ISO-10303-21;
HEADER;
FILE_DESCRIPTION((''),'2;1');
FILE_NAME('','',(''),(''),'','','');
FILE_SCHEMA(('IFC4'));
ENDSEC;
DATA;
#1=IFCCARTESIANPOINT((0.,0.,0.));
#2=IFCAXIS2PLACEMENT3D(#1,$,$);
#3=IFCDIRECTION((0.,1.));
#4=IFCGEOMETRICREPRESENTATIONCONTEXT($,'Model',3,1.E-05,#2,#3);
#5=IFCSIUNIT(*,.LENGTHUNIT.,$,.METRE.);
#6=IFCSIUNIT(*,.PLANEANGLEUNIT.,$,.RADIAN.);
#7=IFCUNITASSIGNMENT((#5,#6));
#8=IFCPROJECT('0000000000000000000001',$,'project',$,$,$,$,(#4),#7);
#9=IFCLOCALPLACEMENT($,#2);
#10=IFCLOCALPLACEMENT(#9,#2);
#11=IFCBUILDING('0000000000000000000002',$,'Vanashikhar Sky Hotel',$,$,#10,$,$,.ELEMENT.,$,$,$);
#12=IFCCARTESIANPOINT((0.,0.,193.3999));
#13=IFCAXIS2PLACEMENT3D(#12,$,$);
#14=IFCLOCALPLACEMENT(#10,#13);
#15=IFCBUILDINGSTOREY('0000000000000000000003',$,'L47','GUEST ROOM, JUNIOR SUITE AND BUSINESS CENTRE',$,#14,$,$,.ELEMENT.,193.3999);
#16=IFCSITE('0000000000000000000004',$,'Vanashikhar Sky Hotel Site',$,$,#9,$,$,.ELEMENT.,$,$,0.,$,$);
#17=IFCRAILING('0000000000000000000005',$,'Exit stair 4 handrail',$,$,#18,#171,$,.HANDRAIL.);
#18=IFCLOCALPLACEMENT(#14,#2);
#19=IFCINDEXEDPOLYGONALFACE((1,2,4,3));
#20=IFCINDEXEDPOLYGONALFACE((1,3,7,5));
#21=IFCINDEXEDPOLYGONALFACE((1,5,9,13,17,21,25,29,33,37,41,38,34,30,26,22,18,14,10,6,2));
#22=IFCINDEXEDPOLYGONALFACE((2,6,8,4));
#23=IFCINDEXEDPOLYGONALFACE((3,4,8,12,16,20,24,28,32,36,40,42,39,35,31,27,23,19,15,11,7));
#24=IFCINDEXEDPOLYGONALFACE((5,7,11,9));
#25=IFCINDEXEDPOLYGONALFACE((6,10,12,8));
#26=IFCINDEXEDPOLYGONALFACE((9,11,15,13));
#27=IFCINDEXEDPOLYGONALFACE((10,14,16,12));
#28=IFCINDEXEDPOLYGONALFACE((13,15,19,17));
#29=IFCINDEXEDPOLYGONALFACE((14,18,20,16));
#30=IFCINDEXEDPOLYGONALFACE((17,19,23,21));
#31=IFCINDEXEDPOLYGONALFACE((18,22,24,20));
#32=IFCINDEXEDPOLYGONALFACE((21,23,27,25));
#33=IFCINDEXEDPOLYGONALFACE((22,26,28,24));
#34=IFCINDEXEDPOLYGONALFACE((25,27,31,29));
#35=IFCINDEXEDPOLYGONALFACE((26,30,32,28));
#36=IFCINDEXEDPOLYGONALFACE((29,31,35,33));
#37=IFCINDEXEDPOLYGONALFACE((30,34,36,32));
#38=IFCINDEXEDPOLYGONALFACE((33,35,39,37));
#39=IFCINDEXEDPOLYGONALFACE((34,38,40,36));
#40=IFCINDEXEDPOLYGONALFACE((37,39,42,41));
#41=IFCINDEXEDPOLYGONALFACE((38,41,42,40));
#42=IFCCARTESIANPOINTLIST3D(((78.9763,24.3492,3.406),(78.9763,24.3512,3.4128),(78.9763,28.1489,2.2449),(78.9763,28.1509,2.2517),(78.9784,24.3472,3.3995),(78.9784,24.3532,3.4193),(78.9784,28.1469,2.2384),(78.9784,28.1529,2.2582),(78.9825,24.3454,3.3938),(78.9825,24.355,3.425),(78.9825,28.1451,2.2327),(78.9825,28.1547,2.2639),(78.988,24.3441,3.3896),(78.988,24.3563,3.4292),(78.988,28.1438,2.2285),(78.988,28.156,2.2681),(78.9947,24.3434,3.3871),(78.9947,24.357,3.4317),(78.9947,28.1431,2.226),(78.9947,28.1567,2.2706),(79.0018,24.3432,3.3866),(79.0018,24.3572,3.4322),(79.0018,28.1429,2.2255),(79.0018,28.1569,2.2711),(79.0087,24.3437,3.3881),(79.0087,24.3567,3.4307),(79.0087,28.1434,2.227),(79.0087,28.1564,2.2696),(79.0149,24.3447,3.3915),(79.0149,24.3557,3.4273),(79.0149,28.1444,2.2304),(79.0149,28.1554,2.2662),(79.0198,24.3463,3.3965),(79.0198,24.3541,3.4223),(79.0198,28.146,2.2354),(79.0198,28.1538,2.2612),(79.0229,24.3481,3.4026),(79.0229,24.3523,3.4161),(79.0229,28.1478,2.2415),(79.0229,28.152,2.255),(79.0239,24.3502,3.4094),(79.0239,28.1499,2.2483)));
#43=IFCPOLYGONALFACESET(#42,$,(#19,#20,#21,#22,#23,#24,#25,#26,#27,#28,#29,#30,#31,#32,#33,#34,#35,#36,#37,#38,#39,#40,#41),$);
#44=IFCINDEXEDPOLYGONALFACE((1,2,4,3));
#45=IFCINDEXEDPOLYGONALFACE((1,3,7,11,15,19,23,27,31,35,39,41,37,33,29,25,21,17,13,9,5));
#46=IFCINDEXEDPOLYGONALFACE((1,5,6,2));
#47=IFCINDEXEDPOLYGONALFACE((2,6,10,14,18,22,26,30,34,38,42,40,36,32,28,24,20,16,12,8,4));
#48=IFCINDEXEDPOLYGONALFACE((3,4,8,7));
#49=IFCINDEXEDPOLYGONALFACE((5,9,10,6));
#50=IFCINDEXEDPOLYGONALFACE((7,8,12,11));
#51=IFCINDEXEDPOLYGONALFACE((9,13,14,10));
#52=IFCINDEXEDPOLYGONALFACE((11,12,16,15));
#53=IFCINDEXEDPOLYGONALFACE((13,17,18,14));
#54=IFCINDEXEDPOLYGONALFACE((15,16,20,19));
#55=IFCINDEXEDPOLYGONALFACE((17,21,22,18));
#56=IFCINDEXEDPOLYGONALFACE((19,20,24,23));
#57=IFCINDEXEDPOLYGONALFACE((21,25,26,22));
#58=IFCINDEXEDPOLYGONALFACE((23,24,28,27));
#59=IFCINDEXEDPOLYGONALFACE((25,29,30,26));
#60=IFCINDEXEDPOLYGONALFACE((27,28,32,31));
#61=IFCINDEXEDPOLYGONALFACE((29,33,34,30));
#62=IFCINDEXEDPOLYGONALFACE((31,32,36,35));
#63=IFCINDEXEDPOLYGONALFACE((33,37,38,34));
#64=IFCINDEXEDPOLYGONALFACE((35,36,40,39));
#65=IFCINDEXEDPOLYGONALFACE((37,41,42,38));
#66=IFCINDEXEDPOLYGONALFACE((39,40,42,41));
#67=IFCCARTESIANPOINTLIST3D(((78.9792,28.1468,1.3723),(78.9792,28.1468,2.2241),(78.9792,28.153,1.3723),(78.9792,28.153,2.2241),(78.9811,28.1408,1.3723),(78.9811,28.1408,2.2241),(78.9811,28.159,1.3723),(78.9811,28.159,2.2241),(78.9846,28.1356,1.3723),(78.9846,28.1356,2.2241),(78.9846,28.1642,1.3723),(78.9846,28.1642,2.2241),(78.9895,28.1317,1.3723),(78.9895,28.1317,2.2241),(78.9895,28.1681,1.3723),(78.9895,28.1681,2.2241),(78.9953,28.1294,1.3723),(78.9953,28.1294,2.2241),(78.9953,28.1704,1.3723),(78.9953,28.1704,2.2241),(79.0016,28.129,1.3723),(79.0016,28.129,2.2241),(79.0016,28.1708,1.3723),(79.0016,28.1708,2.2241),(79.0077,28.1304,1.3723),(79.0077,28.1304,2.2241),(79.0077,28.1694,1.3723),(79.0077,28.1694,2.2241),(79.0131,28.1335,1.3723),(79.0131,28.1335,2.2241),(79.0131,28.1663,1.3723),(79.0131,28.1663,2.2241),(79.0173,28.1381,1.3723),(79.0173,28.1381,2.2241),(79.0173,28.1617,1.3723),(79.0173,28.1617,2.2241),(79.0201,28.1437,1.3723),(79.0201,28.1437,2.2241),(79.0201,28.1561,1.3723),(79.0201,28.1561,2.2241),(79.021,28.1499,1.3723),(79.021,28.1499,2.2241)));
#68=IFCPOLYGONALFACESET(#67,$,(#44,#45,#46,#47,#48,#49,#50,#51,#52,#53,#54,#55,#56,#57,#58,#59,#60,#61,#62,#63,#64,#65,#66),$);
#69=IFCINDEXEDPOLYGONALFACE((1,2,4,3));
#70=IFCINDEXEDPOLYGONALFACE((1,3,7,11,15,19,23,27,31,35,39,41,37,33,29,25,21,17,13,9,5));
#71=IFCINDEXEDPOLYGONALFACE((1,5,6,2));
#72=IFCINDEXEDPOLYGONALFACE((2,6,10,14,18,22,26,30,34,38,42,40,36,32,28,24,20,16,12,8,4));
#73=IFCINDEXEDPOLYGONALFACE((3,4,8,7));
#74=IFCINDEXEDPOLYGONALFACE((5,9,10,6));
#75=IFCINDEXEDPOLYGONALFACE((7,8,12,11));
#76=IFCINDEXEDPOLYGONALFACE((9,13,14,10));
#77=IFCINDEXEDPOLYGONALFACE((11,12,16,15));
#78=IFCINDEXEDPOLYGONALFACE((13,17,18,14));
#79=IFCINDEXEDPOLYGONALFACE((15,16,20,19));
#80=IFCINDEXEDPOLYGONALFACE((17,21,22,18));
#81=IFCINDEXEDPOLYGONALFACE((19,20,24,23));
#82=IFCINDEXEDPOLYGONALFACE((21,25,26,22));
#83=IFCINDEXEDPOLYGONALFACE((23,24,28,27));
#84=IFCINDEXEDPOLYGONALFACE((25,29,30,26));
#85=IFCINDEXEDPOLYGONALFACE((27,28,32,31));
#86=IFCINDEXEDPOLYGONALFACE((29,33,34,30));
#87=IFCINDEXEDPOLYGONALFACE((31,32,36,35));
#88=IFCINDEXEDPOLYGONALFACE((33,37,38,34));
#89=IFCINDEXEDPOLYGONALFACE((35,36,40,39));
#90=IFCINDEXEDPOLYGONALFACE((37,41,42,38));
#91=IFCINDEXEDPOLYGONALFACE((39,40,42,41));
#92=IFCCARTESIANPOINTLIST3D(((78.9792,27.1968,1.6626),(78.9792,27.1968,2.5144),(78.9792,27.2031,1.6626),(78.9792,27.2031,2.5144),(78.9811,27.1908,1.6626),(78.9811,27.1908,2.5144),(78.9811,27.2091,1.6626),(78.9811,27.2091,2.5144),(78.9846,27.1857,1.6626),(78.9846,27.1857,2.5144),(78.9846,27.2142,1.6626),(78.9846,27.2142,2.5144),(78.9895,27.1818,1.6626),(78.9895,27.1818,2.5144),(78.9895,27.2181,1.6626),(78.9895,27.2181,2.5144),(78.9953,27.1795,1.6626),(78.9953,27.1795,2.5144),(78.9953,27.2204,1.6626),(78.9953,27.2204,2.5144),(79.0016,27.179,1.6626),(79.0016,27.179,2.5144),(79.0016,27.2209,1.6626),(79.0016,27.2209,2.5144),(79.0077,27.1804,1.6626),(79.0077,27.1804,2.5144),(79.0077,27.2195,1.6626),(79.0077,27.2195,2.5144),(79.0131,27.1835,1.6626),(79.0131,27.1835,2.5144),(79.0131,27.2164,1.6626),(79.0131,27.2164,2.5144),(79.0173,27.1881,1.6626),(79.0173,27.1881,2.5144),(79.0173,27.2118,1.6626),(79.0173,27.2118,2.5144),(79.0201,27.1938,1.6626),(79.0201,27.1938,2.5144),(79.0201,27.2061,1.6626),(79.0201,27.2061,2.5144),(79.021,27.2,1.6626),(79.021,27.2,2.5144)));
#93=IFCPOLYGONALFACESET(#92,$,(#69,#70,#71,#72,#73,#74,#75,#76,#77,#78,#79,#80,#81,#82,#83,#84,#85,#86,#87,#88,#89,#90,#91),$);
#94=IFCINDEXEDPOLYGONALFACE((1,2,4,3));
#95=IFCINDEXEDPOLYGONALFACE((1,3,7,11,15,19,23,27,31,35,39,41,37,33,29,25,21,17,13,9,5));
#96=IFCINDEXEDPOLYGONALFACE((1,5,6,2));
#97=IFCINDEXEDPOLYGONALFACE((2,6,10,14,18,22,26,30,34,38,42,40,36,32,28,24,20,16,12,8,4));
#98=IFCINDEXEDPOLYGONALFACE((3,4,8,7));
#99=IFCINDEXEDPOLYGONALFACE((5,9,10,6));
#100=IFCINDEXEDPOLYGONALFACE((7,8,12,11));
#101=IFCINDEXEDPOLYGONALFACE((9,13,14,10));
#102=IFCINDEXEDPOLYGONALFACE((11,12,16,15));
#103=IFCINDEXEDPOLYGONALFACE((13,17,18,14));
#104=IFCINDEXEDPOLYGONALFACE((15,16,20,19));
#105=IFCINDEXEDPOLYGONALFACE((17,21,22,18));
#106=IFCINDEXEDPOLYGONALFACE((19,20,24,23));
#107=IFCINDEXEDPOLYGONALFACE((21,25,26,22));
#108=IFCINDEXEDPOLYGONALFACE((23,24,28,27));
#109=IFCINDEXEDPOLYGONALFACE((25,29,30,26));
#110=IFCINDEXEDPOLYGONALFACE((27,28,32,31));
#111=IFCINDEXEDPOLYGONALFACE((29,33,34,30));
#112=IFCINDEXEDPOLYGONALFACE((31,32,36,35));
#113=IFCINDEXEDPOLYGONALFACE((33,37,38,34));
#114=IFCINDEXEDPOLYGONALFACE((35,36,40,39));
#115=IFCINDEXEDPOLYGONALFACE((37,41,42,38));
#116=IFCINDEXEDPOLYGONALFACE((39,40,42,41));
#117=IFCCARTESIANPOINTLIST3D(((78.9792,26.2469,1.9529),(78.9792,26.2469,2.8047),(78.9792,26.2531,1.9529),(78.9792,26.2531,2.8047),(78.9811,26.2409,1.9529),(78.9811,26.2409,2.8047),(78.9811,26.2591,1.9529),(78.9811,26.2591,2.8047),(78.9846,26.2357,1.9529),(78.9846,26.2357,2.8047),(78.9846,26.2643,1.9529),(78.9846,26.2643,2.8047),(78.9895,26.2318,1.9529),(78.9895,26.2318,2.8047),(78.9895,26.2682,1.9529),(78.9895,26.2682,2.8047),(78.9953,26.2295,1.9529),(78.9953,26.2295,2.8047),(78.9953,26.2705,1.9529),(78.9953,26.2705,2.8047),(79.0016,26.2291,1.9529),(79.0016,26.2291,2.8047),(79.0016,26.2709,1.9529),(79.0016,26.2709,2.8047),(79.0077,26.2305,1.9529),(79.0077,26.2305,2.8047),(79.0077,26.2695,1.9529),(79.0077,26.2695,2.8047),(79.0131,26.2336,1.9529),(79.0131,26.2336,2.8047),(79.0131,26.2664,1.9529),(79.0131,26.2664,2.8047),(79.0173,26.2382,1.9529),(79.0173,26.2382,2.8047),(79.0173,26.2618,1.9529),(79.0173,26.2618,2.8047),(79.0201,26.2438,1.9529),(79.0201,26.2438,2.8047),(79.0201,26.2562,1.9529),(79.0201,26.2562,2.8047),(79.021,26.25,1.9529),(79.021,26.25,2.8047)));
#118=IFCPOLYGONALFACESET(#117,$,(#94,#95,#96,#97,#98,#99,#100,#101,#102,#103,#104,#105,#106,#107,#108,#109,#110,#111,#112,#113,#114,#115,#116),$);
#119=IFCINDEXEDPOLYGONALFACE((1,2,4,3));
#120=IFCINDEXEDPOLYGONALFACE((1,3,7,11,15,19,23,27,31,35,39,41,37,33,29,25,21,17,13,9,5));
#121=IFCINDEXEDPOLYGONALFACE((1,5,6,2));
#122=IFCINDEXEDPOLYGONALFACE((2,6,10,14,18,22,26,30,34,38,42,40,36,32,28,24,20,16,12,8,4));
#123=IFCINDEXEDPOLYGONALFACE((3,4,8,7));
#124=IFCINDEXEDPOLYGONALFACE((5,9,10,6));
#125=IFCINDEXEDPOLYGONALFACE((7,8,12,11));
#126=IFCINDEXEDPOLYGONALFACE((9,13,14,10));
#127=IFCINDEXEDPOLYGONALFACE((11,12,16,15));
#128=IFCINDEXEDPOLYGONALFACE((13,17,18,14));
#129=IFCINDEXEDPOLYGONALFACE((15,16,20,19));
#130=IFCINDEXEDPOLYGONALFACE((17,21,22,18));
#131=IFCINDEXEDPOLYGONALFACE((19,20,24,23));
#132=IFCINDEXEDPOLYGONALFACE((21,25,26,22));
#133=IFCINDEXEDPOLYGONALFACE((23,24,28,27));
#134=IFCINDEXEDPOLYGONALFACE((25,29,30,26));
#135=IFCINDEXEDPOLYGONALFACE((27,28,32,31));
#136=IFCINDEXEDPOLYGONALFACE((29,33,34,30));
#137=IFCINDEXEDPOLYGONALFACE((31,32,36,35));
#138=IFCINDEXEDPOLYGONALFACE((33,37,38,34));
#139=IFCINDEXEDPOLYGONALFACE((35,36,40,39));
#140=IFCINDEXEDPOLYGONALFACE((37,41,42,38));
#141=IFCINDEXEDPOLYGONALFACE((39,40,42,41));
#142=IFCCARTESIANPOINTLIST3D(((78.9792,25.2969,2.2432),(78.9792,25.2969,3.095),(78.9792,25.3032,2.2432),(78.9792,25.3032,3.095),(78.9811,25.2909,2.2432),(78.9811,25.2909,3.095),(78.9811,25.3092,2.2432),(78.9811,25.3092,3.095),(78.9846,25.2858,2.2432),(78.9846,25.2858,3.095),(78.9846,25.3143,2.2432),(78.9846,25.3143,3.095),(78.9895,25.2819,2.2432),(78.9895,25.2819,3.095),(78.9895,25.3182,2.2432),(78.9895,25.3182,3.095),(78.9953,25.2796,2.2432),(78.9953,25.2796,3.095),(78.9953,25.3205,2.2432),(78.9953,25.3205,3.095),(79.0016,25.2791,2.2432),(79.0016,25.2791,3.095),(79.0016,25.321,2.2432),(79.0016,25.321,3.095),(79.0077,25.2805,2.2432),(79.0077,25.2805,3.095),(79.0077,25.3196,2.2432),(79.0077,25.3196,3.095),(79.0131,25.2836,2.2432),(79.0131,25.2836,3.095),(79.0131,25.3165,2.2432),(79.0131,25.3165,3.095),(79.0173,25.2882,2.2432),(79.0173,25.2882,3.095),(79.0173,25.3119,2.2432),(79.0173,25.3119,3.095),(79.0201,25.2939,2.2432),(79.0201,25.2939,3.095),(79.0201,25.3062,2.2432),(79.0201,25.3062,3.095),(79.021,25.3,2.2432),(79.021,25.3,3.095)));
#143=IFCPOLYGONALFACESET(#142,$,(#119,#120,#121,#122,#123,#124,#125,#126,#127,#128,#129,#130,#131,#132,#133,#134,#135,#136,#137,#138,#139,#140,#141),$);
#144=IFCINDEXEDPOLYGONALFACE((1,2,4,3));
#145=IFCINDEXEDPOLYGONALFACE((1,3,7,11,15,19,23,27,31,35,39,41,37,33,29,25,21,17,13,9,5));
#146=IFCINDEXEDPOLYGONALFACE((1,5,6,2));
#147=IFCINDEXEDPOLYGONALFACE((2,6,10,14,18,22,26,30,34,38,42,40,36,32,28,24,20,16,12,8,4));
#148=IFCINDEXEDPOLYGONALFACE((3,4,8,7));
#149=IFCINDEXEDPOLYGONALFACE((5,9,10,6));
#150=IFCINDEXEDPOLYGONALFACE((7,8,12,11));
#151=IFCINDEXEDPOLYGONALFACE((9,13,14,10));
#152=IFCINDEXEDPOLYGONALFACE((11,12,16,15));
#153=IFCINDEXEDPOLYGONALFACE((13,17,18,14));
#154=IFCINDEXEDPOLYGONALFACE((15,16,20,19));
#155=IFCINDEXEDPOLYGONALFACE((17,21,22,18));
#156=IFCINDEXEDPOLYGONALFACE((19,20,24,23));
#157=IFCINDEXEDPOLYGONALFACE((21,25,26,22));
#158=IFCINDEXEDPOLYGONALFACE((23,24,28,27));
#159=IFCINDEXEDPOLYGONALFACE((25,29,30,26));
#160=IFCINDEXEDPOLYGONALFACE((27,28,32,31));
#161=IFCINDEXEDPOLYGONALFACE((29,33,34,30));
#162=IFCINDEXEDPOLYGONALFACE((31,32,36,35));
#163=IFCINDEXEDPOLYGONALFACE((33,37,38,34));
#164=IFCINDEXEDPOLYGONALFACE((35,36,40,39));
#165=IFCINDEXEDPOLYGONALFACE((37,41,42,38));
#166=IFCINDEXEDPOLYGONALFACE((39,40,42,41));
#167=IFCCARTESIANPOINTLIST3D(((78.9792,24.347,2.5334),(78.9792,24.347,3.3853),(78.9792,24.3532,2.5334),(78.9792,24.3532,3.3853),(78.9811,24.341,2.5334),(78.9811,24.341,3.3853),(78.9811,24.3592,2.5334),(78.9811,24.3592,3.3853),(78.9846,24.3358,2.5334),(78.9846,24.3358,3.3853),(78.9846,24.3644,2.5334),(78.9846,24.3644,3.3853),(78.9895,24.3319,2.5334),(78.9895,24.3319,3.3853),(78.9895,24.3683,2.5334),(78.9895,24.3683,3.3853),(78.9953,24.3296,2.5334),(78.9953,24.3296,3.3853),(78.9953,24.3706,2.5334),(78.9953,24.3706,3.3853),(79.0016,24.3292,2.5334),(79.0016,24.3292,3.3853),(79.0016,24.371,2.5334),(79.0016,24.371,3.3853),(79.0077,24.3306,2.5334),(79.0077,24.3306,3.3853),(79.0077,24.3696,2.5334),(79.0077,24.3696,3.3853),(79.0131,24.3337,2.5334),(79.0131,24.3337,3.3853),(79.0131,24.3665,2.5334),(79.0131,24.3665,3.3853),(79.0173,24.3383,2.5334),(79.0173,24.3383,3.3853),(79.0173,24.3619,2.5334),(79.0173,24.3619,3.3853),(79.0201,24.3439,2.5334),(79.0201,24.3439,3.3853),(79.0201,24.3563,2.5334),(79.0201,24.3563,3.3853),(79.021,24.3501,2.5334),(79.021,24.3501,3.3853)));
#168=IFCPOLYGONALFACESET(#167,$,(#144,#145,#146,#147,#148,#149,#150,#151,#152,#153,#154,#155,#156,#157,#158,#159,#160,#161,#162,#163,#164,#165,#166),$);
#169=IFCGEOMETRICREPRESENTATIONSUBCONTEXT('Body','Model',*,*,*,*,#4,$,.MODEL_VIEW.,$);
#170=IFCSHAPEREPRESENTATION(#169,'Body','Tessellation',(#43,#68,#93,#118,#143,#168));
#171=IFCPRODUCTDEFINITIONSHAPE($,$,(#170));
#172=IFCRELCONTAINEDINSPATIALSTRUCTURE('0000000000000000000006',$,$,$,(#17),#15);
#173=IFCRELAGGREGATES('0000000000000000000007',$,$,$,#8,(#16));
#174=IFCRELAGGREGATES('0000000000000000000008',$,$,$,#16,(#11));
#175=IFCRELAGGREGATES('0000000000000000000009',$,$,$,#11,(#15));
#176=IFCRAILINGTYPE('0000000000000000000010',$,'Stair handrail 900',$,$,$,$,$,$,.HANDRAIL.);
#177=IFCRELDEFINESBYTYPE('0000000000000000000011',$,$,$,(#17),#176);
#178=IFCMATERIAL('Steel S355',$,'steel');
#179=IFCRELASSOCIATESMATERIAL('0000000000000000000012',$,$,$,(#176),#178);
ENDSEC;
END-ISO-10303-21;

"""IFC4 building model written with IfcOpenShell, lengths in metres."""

from ifc_helpers import new_model, si_unit, direction, frame, origin, origin_2d, place, context, subcontext, project, spatial, circle, extrude, source, transform, mapped, material, type_object, element, save


model = new_model("IFC4")

# Units and contexts
model_context = context("Model", 3, precision=1e-05, world=origin(), true_north=direction((0.0, 1.0)))
body_context = subcontext(model_context, "Body", "Model", "MODEL_VIEW")
ifc_project = project(units=[si_unit("LENGTHUNIT", "METRE"), si_unit("PLANEANGLEUNIT", "RADIAN")], contexts=[model_context])

# Site, building, storey
site_placement = place(None, origin())
site = spatial("IfcSite", under=ifc_project, at=site_placement, Name="Vanashikhar Sky Hotel Site", CompositionType="ELEMENT", RefElevation=0.0)
building_placement = place(site_placement, origin())
building = spatial("IfcBuilding", under=site, at=building_placement, Name="Vanashikhar Sky Hotel", CompositionType="ELEMENT")
storey_placement = place(building_placement, frame((0.0, 0.0, 193.3999)))
storey = spatial("IfcBuildingStorey", under=building, at=storey_placement, Name="L47", Description="GUEST ROOM, JUNIOR SUITE AND BUSINESS CENTRE", CompositionType="ELEMENT", Elevation=193.3999)

# Railing
ifc_material_1 = material(Name="Steel S355", Category="steel")
railing_type = type_object("IfcRailingType", Name="Stair handrail 900", PredefinedType="HANDRAIL", material=ifc_material_1)
shared_shape_1 = source(origin(), body_context, "Body", "SweptSolid", [
    extrude(circle(Radius=0.0239, at=origin_2d()), frame((0.0, 0.0, 0.876), z_axis=(0.0, -0.956346, 0.292237), x_axis=(1.0, 0.0, 0.0)), (0.0, 0.0, 1.0), 3.9731),
    extrude(circle(Radius=0.021, at=origin_2d()), origin(), (0.0, 0.0, 1.0), 0.8518),
    extrude(circle(Radius=0.021, at=origin_2d()), frame((0.0, -0.95, 0.2903)), (0.0, 0.0, 1.0), 0.8518),
    extrude(circle(Radius=0.021, at=origin_2d()), frame((0.0, -1.8999, 0.5806)), (0.0, 0.0, 1.0), 0.8518),
    extrude(circle(Radius=0.021, at=origin_2d()), frame((0.0, -2.8499, 0.8708)), (0.0, 0.0, 1.0), 0.8518),
    extrude(circle(Radius=0.021, at=origin_2d()), frame((0.0, -3.7998, 1.1611)), (0.0, 0.0, 1.0), 0.8518),
])
railing_placement = place(storey_placement, frame((79.0, 28.1499, 1.3723)))
element("IfcRailing", 1, at=railing_placement, inside=storey, type_object=railing_type, Name="Exit stair 4 handrail", PredefinedType="HANDRAIL", context=body_context, shape_type="MappedRepresentation", body=[
    mapped(shared_shape_1, transform((0.0, 0.0, 0.0), scale=1.0)),
])

save(model, "model.ifc")
